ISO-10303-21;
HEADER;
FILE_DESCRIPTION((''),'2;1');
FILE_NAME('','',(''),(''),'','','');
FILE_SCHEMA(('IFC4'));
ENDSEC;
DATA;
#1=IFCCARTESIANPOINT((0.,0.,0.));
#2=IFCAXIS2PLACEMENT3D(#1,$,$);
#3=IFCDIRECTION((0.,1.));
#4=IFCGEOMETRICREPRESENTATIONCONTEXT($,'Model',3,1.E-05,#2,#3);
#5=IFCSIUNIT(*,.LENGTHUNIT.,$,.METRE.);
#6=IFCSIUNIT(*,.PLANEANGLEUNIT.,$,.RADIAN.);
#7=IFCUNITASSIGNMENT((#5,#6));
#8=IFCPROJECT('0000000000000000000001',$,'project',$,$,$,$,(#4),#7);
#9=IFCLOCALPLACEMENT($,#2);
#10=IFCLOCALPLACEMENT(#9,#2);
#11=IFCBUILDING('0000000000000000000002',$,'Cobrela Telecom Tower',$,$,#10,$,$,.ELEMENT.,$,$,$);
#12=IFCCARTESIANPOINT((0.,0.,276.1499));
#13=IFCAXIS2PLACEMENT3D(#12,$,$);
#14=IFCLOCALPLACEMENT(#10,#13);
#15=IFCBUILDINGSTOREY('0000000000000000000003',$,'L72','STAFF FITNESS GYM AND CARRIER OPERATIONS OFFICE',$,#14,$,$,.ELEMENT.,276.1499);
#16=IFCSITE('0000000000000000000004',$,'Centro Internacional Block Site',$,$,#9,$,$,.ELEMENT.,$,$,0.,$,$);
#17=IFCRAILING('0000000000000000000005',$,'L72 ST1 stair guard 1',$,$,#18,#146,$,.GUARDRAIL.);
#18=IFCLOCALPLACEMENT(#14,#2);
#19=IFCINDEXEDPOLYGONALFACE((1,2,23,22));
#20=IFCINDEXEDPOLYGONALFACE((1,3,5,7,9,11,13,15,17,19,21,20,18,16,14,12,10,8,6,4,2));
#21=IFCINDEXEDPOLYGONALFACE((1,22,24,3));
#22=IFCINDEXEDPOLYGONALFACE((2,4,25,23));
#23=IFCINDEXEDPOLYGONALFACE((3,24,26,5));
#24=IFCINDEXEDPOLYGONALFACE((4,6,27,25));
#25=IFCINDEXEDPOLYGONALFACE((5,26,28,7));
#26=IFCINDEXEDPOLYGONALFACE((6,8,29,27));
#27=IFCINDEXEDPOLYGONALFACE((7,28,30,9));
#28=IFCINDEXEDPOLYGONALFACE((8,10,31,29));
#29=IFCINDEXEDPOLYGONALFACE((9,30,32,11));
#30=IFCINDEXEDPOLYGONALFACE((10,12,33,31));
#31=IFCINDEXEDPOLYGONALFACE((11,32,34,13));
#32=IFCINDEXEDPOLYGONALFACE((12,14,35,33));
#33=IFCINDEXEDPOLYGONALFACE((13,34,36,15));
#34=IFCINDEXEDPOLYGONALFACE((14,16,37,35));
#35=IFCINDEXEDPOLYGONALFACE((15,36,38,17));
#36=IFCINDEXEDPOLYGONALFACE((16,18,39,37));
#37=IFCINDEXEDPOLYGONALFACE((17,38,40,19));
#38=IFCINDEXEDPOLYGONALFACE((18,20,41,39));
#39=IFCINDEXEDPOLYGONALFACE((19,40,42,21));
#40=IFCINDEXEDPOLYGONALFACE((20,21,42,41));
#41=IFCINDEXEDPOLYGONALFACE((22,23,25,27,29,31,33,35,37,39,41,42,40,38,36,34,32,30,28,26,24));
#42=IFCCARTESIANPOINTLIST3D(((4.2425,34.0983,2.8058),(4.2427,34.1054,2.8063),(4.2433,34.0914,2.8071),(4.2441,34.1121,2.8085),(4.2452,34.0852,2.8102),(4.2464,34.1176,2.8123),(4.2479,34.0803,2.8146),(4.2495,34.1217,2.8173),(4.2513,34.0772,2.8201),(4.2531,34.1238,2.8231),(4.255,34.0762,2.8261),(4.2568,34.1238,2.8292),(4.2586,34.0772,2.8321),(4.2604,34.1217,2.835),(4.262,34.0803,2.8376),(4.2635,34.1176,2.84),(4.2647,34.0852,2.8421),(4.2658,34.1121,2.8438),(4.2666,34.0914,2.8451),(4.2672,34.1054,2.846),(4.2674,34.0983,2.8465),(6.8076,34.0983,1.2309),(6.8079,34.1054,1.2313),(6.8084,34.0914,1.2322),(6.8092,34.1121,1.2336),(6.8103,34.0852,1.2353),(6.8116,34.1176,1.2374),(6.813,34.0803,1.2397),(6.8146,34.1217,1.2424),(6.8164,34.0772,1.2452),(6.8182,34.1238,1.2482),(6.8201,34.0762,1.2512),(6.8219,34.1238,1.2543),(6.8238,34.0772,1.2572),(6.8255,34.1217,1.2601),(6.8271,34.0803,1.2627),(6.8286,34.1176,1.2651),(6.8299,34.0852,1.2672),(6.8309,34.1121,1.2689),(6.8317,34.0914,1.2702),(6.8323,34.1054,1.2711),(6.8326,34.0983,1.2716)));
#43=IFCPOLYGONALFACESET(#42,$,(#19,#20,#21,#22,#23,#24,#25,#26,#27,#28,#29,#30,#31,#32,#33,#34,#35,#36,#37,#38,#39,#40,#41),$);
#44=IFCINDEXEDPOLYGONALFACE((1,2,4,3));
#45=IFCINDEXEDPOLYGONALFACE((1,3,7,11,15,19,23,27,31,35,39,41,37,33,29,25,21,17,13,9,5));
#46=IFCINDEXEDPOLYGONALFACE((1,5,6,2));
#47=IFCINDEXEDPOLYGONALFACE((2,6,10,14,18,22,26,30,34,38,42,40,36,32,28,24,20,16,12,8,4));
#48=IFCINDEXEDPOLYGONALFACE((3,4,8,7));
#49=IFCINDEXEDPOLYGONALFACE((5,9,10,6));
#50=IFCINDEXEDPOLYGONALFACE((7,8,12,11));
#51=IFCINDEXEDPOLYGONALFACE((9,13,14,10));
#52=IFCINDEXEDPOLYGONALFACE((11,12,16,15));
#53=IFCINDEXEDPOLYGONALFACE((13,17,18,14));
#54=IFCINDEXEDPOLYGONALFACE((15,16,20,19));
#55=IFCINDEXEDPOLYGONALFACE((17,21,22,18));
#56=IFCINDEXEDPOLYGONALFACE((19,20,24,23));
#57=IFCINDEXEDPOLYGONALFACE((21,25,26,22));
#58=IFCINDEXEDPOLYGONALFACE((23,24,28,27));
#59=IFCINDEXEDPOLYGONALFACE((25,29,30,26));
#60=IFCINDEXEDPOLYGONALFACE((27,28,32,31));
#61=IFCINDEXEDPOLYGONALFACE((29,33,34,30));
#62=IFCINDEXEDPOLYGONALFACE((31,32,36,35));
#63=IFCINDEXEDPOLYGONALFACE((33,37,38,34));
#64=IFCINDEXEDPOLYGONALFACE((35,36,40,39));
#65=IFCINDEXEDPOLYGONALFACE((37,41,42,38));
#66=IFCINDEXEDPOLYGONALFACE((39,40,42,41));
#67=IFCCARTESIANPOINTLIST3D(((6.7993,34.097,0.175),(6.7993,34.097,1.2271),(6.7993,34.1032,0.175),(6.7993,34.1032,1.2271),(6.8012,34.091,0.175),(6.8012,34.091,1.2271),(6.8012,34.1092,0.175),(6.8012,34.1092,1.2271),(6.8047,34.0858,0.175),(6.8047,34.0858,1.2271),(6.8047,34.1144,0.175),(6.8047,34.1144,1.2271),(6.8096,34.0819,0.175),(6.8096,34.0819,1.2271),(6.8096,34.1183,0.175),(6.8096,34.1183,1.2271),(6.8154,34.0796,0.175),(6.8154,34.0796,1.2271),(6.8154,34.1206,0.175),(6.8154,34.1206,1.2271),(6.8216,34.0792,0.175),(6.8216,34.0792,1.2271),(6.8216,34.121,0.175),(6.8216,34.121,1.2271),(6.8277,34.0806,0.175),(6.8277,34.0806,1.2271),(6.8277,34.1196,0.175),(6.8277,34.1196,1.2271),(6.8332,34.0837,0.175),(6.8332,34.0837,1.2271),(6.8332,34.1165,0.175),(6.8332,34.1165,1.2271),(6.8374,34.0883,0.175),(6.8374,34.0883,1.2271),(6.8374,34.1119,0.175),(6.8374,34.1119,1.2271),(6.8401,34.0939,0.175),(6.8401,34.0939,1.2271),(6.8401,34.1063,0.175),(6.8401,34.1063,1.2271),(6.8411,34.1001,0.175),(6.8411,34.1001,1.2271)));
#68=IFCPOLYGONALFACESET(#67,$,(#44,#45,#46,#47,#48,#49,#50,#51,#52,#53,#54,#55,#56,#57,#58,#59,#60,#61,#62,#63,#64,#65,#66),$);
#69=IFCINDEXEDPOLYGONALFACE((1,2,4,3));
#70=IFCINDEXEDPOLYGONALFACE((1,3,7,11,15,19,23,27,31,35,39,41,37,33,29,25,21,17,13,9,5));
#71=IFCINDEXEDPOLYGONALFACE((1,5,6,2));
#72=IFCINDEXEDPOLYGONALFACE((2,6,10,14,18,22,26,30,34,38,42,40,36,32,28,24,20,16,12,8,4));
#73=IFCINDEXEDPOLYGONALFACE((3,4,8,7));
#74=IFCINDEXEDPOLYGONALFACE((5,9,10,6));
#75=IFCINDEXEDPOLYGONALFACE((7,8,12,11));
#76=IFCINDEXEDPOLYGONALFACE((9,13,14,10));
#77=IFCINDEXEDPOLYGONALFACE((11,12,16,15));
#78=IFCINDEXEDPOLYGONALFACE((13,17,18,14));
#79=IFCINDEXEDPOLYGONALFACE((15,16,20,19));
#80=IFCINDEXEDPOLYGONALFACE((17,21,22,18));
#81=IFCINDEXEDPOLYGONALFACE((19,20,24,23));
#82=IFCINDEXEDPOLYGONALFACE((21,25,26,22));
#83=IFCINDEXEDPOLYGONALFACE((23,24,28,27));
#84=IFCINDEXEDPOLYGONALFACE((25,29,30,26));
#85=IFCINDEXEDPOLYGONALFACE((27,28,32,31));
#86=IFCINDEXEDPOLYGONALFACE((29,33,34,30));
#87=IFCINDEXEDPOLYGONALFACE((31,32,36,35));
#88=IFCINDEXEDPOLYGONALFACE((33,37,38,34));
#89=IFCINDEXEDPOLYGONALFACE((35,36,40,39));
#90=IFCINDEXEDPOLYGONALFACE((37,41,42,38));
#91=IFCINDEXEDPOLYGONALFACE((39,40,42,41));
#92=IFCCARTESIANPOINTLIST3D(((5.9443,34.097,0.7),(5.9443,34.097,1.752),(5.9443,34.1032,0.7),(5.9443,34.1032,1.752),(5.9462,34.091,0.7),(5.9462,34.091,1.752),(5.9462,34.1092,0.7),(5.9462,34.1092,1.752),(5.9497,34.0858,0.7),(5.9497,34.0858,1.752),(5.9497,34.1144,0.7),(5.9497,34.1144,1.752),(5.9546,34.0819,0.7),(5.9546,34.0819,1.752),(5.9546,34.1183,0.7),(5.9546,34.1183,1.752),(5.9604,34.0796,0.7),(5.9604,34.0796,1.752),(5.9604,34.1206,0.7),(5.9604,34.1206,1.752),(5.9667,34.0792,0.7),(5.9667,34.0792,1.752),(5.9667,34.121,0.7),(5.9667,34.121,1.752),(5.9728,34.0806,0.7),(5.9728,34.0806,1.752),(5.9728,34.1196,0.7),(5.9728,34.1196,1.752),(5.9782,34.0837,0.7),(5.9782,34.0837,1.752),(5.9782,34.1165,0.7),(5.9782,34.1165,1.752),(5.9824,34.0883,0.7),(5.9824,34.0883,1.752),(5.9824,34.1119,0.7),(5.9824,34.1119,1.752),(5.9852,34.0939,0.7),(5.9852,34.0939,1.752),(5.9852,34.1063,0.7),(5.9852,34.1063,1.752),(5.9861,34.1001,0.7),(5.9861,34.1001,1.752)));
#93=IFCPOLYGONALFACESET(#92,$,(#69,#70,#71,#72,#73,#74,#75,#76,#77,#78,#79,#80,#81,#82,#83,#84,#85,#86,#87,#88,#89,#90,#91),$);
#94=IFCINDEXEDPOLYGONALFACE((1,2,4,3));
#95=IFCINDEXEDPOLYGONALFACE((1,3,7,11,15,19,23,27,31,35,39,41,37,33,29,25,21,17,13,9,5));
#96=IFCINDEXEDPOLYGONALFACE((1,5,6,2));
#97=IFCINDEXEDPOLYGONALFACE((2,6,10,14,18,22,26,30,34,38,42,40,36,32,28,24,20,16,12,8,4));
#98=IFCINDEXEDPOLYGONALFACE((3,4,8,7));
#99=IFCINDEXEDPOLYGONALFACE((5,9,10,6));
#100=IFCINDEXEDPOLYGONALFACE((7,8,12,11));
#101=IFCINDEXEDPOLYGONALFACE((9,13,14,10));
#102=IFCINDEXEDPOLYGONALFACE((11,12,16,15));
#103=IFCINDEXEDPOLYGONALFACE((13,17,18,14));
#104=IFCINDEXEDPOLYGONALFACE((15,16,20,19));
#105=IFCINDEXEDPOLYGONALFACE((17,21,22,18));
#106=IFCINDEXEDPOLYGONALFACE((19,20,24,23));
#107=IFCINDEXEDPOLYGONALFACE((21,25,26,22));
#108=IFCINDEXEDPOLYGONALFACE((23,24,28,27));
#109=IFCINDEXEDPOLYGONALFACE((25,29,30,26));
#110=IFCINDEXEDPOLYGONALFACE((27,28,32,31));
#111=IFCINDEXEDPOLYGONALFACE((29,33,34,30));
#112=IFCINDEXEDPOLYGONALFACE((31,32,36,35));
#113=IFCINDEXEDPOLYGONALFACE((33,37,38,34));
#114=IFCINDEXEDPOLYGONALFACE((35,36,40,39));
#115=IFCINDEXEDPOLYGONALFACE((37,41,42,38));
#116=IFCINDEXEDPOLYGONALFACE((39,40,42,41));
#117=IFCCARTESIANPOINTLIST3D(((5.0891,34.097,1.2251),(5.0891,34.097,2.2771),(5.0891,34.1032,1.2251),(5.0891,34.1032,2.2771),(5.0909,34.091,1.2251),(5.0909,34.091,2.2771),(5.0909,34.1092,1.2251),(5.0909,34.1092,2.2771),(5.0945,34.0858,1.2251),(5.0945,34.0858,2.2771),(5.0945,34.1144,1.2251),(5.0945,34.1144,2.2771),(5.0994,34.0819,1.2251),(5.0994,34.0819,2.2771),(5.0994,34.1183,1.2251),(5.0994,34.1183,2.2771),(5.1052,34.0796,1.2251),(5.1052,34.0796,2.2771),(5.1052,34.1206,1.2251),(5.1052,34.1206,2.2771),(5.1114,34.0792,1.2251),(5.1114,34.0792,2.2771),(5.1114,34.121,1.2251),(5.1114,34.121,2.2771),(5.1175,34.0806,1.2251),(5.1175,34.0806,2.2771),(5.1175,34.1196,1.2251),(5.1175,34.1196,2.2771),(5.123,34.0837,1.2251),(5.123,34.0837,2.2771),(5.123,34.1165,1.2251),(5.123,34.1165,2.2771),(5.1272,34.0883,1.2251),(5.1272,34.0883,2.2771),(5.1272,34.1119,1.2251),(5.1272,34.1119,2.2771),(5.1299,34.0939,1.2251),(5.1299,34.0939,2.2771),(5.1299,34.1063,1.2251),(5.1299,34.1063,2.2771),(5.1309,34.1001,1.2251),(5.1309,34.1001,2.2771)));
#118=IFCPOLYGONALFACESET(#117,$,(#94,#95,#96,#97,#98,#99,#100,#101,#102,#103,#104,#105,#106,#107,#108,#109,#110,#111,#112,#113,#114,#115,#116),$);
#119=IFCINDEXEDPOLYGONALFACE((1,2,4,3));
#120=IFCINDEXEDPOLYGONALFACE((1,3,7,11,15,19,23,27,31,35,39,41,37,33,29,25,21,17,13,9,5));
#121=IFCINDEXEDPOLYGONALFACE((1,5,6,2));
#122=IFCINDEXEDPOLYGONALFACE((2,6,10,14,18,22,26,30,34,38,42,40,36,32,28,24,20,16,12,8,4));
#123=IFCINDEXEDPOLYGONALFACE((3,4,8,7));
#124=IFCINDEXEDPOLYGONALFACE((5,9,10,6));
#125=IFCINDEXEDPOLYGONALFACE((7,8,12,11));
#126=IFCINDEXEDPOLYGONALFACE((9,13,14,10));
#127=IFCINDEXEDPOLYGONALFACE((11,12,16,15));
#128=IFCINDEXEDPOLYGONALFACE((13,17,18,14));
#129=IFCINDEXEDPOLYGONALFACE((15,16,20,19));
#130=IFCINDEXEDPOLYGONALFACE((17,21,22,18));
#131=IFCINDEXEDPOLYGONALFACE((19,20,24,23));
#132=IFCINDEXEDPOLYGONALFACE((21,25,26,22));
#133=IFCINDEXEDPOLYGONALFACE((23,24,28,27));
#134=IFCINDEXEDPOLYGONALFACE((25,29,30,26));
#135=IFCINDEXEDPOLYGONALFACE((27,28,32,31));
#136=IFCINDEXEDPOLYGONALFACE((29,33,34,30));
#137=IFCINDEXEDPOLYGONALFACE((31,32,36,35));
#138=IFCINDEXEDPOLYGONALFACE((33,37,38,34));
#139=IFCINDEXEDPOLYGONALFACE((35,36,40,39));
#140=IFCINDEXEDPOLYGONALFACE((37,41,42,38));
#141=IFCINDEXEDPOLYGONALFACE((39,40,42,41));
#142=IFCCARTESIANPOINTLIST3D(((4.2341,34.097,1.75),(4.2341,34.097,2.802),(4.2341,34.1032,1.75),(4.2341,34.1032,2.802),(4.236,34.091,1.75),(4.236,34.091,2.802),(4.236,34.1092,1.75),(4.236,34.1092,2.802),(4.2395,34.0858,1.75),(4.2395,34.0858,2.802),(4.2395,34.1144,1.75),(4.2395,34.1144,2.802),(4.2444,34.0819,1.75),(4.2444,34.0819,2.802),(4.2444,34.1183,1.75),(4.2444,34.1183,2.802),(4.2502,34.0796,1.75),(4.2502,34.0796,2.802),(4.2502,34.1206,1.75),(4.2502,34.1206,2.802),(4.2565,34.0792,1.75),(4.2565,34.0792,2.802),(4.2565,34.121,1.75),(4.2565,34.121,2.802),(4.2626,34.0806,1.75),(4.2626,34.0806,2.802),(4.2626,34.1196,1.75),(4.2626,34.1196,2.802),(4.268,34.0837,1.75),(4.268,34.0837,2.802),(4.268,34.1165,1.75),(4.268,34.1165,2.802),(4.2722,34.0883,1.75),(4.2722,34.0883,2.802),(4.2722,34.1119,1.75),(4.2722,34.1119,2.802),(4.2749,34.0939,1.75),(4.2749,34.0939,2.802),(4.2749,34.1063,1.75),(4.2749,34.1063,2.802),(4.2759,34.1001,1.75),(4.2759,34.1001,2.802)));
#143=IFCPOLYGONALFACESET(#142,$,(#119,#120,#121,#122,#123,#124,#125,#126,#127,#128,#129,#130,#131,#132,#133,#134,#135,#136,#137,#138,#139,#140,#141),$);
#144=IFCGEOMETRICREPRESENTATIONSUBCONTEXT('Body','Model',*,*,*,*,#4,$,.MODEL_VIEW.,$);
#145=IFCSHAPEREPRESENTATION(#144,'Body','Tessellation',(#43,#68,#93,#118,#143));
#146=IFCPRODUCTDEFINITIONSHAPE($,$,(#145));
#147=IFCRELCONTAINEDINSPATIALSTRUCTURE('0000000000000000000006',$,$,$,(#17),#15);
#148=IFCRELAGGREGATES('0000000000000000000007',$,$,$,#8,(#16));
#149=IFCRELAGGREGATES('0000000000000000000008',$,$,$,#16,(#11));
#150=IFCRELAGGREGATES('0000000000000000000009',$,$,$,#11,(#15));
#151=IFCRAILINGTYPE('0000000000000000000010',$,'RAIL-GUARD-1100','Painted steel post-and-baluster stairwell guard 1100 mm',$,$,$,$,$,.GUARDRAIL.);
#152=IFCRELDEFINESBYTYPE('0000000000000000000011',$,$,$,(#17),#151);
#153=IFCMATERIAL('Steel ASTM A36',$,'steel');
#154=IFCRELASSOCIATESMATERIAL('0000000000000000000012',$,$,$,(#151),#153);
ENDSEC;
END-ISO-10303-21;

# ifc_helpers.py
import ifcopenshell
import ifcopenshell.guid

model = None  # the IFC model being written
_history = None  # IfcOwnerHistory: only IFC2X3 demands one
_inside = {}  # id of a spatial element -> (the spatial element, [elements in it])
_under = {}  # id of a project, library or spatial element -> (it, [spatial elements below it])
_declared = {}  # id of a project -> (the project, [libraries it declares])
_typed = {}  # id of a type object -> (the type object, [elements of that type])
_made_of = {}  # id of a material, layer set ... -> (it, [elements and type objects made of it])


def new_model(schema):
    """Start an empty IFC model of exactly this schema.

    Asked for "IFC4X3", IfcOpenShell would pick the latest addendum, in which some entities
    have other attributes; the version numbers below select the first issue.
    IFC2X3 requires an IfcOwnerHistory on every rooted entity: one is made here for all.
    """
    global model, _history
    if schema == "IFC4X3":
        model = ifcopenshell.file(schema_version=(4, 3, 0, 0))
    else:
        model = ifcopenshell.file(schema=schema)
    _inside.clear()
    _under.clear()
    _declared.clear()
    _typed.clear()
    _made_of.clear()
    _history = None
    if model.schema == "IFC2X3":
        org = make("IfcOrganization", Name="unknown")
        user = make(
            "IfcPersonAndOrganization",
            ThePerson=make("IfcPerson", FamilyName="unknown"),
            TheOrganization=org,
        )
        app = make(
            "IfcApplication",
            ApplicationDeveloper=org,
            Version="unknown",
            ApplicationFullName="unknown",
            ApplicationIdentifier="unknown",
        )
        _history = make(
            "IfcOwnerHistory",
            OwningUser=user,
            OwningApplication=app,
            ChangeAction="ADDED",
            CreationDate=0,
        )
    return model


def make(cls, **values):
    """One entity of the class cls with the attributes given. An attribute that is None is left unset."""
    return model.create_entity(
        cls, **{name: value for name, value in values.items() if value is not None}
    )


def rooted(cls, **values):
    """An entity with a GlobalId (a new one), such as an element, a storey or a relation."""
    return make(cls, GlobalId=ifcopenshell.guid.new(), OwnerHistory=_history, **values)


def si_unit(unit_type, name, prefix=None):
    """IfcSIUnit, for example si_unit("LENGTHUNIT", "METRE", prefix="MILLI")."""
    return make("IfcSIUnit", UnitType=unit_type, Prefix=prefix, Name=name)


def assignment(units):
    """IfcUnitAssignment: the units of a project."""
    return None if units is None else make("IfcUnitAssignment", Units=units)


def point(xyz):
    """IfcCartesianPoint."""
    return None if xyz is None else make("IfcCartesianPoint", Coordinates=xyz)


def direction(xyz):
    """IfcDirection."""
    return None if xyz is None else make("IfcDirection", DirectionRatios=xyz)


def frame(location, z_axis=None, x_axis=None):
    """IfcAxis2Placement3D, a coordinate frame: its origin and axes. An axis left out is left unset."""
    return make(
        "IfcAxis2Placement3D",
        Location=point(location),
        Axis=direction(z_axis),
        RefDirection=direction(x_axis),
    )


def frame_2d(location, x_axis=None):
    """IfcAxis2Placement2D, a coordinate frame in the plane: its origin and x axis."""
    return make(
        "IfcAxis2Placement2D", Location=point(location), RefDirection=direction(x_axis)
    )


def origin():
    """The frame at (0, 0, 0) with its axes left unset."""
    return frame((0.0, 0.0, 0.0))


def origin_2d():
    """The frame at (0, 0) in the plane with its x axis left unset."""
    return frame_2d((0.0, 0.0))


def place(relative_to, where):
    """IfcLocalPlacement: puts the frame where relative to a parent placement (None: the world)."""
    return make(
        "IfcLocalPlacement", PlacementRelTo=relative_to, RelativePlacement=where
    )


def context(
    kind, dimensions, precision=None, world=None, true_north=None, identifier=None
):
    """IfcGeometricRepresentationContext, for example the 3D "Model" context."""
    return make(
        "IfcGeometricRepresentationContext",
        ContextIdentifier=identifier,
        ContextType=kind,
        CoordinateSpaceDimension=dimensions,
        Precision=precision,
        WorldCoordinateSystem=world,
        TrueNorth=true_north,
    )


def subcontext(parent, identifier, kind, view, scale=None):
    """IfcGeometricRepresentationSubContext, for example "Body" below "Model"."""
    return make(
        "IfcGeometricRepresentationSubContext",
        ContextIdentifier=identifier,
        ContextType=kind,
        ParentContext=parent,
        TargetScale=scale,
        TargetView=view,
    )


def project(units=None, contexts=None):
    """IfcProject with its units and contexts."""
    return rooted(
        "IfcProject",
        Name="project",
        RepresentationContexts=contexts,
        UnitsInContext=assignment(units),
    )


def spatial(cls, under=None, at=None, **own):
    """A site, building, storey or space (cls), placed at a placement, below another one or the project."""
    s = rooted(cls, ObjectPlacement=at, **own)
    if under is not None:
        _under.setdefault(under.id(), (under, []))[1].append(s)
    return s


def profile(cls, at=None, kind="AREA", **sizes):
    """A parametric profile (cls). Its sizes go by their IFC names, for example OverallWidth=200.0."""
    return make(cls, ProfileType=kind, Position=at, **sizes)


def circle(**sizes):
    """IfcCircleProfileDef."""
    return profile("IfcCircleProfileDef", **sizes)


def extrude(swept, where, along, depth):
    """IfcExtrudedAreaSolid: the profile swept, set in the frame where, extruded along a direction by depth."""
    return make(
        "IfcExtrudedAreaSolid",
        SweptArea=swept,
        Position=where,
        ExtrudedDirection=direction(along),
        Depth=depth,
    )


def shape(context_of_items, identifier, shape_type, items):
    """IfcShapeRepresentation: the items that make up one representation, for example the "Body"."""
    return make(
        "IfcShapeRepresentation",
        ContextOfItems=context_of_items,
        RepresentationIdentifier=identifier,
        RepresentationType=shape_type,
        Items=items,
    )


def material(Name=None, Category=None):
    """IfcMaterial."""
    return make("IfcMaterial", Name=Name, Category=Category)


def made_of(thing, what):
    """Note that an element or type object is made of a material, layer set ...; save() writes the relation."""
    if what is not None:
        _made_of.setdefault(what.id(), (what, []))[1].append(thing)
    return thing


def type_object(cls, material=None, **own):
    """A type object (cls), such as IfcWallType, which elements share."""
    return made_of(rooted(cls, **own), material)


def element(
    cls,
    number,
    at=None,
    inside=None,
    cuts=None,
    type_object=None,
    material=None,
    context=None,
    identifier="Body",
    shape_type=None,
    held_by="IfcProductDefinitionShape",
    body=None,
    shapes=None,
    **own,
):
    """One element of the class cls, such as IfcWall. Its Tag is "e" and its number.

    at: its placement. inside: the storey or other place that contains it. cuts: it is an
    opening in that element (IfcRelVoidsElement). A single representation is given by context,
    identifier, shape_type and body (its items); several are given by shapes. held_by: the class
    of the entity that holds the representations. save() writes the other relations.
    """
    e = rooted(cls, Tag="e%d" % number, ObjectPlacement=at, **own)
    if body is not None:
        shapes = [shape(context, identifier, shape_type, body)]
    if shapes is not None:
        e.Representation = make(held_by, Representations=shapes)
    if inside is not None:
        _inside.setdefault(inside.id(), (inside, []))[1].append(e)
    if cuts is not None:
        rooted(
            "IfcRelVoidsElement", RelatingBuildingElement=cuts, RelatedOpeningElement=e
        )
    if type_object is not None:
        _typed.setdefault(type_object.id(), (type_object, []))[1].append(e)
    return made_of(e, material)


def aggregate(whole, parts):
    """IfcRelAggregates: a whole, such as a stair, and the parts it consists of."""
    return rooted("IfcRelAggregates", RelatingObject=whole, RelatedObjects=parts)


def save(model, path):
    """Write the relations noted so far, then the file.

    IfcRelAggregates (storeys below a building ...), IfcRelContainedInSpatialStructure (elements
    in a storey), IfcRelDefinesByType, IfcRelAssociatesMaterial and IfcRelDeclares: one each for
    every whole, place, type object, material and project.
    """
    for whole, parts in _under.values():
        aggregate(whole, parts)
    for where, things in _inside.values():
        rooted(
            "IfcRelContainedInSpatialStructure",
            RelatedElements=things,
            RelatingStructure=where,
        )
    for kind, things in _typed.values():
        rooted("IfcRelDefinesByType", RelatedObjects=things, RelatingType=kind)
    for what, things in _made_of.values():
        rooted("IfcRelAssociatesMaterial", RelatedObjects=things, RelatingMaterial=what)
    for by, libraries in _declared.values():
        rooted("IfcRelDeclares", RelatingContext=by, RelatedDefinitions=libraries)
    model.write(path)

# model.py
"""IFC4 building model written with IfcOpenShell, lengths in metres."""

from ifc_helpers import new_model, si_unit, direction, frame, origin, origin_2d, place, context, subcontext, project, spatial, circle, extrude, material, type_object, element, save


model = new_model("IFC4")

# Units and contexts
model_context = context("Model", 3, precision=1e-05, world=origin(), true_north=direction((0.0, 1.0)))
body_context = subcontext(model_context, "Body", "Model", "MODEL_VIEW")
ifc_project = project(units=[si_unit("LENGTHUNIT", "METRE"), si_unit("PLANEANGLEUNIT", "RADIAN")], contexts=[model_context])

# Site, building, storey
site_placement = place(None, origin())
site = spatial("IfcSite", under=ifc_project, at=site_placement, Name="Centro Internacional Block Site", CompositionType="ELEMENT", RefElevation=0.0)
building_placement = place(site_placement, origin())
building = spatial("IfcBuilding", under=site, at=building_placement, Name="Cobrela Telecom Tower", CompositionType="ELEMENT")
storey_placement = place(building_placement, frame((0.0, 0.0, 276.1499)))
storey = spatial("IfcBuildingStorey", under=building, at=storey_placement, Name="L72", Description="STAFF FITNESS GYM AND CARRIER OPERATIONS OFFICE", CompositionType="ELEMENT", Elevation=276.1499)

# Shared definitions
ifc_material_1 = material(Name="Steel ASTM A36", Category="steel")

# Railing
railing_type_1 = type_object("IfcRailingType", Name="RAIL-GUARD-1100", Description="Painted steel post-and-baluster stairwell guard 1100 mm", PredefinedType="GUARDRAIL", material=ifc_material_1)
railing_1_placement = place(storey_placement, frame((6.8201, 34.1001, 0.175)))
element("IfcRailing", 1, at=railing_1_placement, inside=storey, type_object=railing_type_1, Name="L72 ST1 stair guard 1", PredefinedType="GUARDRAIL", context=body_context, shape_type="SweptSolid", body=[
    extrude(circle(Radius=0.0239, at=origin_2d()), frame((0.0, 0.0, 1.0762), z_axis=(-0.852195, 0.0, 0.523224), x_axis=(0.0, -1.0, 0.0)), (0.0, 0.0, 1.0), 3.01),
    extrude(circle(Radius=0.021, at=origin_2d()), origin(), (0.0, 0.0, 1.0), 1.052),
    extrude(circle(Radius=0.021, at=origin_2d()), frame((-0.855, 0.0, 0.5249)), (0.0, 0.0, 1.0), 1.052),
    extrude(circle(Radius=0.021, at=origin_2d()), frame((-1.7102, 0.0, 1.05)), (0.0, 0.0, 1.0), 1.052),
    extrude(circle(Radius=0.021, at=origin_2d()), frame((-2.5652, 0.0, 1.575)), (0.0, 0.0, 1.0), 1.052),
])

save(model, "model.ifc")
